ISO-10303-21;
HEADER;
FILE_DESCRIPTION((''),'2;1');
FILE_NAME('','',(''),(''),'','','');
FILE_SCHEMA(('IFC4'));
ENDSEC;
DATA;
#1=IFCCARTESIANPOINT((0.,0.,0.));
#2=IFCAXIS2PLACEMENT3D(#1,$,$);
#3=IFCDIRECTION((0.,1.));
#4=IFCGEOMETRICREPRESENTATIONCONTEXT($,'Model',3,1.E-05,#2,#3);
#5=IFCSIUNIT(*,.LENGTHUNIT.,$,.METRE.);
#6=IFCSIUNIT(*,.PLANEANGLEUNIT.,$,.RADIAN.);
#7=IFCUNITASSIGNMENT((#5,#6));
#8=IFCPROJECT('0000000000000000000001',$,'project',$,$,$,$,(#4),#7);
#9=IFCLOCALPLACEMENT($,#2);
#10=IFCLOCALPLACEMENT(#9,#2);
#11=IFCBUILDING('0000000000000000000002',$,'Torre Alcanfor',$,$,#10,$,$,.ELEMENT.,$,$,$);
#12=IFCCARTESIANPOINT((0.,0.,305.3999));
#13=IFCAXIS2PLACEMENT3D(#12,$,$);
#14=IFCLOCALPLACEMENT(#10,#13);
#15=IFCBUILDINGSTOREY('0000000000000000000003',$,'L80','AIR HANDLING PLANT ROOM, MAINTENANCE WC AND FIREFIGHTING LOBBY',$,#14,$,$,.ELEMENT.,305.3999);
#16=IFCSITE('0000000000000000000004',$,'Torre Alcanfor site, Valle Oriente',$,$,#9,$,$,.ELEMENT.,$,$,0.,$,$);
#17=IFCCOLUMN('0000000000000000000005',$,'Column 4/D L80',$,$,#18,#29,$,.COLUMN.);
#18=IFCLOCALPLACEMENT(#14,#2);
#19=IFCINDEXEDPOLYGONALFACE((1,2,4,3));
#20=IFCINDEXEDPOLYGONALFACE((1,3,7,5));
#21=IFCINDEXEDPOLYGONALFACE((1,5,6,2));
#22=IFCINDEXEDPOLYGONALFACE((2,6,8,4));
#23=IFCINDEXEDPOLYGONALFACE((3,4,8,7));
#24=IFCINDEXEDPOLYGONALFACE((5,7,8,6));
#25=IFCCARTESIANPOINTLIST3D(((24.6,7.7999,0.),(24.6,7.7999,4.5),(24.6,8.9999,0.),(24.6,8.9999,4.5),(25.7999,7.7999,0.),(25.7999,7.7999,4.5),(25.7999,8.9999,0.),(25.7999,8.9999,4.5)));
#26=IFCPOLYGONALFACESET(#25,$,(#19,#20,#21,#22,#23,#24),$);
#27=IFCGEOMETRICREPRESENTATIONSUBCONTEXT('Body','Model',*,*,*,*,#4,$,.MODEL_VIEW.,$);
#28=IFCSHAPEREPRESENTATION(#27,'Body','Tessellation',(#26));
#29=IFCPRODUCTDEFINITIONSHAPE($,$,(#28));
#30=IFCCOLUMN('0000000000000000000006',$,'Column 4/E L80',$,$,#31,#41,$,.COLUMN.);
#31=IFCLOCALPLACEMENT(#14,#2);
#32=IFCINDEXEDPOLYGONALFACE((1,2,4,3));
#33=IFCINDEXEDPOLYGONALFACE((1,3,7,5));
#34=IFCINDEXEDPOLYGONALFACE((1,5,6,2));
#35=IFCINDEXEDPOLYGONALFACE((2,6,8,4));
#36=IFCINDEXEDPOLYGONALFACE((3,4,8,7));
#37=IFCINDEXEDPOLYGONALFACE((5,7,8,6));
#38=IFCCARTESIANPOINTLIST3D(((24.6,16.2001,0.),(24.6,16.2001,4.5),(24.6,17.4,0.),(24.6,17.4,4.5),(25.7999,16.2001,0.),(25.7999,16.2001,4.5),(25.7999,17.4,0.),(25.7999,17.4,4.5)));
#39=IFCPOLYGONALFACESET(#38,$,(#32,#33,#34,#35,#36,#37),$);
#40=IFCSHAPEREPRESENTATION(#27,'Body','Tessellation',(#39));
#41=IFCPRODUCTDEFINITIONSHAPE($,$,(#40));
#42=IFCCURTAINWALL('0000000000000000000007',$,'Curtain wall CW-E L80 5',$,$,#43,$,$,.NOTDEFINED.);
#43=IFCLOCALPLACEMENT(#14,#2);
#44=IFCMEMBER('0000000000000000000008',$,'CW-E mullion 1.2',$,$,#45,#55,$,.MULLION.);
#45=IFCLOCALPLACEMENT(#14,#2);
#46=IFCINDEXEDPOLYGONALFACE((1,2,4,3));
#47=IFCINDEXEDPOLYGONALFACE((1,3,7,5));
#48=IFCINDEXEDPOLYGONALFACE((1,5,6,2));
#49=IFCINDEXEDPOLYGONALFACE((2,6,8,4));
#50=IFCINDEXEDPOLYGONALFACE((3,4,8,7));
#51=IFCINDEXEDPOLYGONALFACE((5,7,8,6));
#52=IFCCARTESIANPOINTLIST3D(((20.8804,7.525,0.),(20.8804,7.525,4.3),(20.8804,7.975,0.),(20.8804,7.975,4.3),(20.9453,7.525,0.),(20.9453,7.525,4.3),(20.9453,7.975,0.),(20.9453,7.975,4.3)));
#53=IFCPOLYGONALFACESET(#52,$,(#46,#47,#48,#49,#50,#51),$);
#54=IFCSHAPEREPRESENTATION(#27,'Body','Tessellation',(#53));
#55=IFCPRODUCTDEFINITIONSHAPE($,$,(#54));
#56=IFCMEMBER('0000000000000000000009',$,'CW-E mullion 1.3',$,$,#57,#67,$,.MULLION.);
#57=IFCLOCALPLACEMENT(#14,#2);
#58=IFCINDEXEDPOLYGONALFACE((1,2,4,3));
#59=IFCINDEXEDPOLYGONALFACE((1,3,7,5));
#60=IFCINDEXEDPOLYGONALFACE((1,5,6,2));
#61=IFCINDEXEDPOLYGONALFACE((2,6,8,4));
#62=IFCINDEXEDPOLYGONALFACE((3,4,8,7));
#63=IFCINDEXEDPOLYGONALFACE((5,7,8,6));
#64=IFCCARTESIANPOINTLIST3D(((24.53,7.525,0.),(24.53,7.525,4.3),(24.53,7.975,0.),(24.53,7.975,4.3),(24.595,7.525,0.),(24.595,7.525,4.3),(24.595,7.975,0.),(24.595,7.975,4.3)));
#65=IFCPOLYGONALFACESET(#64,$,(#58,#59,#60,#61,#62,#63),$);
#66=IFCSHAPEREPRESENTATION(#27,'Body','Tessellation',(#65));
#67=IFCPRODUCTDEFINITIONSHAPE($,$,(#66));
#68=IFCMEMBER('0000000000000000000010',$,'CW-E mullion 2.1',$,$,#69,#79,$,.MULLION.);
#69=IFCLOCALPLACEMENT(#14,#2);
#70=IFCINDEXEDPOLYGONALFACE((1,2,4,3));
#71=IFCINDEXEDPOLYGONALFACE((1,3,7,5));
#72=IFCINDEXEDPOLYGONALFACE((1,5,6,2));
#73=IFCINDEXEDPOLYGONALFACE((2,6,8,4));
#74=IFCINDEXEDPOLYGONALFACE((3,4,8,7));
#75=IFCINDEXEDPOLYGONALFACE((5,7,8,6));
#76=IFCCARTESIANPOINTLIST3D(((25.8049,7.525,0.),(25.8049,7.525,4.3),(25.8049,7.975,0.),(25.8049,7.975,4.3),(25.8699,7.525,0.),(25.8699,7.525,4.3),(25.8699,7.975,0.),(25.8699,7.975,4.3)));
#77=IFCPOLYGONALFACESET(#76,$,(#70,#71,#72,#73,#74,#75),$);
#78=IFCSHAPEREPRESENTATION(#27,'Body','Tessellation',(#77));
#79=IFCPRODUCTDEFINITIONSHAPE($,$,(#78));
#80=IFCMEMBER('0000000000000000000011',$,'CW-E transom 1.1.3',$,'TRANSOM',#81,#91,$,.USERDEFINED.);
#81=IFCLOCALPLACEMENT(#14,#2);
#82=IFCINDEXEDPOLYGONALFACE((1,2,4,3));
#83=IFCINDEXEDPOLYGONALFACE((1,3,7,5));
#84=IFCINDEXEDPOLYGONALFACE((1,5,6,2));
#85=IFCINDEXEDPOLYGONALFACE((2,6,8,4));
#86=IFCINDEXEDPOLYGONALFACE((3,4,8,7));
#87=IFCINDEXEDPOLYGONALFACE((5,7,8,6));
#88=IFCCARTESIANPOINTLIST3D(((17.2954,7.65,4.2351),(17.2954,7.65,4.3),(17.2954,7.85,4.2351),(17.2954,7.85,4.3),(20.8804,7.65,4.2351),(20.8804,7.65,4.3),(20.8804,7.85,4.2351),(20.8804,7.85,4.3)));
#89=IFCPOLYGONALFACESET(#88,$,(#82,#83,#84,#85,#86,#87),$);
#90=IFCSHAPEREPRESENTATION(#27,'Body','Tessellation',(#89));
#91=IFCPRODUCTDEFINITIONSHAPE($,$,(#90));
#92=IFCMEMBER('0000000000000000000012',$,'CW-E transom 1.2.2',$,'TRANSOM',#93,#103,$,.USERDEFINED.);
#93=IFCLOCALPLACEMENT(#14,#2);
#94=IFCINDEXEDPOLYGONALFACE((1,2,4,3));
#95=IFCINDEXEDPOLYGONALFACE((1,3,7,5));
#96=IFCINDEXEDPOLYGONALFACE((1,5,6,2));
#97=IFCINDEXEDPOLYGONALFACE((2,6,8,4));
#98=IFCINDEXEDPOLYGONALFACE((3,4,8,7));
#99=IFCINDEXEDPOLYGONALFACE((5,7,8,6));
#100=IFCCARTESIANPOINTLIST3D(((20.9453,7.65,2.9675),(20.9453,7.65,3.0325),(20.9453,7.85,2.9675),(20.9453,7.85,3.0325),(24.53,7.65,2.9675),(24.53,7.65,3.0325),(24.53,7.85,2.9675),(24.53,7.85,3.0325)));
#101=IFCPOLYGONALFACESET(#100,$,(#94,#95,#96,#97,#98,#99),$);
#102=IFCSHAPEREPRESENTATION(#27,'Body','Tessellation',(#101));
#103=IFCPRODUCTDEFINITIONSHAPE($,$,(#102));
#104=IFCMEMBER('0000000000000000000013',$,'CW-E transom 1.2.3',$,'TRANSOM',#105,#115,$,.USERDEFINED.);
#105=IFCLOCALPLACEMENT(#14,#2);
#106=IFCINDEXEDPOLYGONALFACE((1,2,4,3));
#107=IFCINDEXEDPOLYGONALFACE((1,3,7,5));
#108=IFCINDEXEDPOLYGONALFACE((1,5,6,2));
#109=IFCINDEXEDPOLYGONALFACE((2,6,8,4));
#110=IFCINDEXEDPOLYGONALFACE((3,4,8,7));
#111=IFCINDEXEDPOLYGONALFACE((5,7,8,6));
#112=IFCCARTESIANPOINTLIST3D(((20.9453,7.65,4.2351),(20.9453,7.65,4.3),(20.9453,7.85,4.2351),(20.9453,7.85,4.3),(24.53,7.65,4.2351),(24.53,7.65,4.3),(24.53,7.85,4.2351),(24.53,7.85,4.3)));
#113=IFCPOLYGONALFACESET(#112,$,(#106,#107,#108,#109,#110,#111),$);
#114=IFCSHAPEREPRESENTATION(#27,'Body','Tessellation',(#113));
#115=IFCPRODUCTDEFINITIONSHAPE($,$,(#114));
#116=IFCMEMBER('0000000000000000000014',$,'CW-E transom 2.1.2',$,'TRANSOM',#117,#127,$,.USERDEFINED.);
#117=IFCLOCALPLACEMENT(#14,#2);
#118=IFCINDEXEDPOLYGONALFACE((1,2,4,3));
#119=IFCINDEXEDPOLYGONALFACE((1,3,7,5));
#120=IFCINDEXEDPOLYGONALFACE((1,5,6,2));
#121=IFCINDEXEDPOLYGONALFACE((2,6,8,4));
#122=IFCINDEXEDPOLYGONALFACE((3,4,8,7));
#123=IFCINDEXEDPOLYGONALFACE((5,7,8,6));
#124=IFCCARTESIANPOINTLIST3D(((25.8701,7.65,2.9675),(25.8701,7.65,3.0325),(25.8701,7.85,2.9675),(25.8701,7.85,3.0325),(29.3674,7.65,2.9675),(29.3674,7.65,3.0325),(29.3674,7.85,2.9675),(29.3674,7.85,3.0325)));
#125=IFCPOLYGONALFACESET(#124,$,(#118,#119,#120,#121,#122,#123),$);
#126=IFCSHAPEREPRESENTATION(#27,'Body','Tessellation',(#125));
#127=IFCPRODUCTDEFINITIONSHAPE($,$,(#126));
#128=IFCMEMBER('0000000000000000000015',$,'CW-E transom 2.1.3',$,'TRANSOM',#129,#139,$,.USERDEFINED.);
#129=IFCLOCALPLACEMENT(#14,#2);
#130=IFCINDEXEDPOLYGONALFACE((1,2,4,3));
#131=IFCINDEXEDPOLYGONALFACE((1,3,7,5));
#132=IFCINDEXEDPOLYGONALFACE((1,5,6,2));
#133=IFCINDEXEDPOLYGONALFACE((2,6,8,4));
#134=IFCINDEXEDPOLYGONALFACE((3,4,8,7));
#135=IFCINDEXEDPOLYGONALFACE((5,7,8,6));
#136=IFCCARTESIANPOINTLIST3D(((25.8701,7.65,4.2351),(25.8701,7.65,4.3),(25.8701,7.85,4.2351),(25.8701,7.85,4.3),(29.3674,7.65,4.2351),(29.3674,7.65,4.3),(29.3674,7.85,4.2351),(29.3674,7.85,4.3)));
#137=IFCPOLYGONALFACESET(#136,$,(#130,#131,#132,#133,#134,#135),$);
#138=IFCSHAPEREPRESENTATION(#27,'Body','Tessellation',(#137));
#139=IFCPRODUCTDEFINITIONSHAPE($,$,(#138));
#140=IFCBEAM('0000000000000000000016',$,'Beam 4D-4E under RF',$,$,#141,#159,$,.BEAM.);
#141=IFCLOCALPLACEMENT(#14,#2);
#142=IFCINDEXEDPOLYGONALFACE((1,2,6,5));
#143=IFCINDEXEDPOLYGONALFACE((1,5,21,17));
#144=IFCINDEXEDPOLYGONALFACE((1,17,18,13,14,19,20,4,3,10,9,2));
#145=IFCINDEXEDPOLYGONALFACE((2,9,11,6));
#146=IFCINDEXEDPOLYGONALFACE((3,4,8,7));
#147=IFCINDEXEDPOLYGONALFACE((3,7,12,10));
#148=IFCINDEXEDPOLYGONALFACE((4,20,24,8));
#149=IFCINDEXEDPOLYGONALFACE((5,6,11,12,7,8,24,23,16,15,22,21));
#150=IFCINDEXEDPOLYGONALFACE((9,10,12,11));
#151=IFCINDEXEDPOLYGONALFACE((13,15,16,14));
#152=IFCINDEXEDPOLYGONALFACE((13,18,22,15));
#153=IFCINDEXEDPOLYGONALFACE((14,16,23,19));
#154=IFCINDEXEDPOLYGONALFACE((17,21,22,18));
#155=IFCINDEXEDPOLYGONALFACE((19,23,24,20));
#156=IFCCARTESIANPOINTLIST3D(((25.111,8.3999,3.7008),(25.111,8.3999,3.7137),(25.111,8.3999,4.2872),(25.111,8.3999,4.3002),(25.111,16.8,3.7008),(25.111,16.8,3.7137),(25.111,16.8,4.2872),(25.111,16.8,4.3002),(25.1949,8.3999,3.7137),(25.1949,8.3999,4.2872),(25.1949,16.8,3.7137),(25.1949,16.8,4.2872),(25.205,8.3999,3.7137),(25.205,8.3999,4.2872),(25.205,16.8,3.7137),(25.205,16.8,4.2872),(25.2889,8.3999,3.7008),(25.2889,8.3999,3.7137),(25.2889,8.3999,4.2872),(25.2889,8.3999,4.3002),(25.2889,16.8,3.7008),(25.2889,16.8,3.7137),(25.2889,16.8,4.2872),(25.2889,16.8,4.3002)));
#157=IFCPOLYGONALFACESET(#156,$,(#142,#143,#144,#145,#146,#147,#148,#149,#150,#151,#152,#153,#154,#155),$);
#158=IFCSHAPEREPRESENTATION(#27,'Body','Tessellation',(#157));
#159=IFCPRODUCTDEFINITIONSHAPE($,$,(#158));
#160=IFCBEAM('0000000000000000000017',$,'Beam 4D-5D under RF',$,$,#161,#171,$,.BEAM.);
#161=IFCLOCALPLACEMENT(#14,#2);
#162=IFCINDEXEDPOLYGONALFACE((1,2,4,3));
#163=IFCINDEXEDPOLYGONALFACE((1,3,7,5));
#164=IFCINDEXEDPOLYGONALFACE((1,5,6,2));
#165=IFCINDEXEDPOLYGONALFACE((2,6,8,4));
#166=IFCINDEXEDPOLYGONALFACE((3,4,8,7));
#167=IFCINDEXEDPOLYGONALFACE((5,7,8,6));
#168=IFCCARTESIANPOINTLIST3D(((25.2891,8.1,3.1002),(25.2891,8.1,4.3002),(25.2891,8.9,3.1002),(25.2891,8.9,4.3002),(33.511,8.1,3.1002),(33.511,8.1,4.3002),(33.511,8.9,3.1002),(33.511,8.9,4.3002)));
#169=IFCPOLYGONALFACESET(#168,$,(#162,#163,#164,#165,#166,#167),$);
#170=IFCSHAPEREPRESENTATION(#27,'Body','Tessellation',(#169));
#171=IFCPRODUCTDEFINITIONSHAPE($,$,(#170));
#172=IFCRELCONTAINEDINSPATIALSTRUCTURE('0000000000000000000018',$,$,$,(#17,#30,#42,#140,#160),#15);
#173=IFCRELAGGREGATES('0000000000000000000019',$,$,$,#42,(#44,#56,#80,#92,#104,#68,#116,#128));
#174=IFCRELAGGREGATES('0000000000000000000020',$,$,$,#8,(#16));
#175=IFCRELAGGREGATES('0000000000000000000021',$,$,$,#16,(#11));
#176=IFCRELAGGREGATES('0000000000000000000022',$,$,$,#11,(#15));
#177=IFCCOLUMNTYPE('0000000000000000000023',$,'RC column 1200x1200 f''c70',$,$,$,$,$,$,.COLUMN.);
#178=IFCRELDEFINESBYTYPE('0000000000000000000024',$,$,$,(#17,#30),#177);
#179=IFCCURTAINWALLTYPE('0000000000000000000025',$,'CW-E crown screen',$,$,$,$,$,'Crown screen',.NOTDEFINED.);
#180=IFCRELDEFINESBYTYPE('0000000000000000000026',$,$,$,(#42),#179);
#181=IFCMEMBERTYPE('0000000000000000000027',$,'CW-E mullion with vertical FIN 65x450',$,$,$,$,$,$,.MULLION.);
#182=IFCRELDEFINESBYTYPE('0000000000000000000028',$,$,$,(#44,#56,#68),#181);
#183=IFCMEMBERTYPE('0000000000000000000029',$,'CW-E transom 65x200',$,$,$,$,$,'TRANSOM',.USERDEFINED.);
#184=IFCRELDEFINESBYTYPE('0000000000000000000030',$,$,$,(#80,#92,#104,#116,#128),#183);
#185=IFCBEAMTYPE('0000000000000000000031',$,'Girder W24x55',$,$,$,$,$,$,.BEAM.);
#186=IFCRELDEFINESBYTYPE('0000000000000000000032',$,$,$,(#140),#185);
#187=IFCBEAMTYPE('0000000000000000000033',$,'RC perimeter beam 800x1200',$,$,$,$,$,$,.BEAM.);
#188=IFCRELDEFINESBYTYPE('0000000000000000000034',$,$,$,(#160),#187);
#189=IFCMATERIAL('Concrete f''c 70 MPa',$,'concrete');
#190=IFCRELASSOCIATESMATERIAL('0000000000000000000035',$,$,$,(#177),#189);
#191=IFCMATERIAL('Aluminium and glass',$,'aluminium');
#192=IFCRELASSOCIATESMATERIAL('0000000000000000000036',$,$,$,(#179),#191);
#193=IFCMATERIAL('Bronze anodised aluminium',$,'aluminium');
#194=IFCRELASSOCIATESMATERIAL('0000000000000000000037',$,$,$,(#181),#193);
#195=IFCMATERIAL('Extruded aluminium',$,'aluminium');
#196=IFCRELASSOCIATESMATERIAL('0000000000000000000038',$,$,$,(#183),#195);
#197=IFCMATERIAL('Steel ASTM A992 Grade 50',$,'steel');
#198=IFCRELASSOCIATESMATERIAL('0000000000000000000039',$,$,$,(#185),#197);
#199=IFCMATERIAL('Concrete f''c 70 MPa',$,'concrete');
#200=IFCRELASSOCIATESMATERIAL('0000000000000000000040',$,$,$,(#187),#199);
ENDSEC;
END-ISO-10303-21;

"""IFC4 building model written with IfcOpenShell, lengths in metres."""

from ifc_helpers import new_model, si_unit, direction, frame, origin, origin_2d, place, context, subcontext, project, spatial, rectangle, i_section, extrude, material, material_profile, profile_set, type_object, element, aggregate, save


model = new_model("IFC4")

# Units and contexts
model_context = context("Model", 3, precision=1e-05, world=origin(), true_north=direction((0.0, 1.0)))
body_context = subcontext(model_context, "Body", "Model", "MODEL_VIEW")
ifc_project = project(units=[si_unit("LENGTHUNIT", "METRE"), si_unit("PLANEANGLEUNIT", "RADIAN")], contexts=[model_context])

# Site, building, storey
site_placement = place(None, origin())
site = spatial("IfcSite", under=ifc_project, at=site_placement, Name="Torre Alcanfor site, Valle Oriente", CompositionType="ELEMENT", RefElevation=0.0)
building_placement = place(site_placement, origin())
building = spatial("IfcBuilding", under=site, at=building_placement, Name="Torre Alcanfor", CompositionType="ELEMENT")
storey_placement = place(building_placement, frame((0.0, 0.0, 305.3999)))
storey = spatial("IfcBuildingStorey", under=building, at=storey_placement, Name="L80", Description="AIR HANDLING PLANT ROOM, MAINTENANCE WC AND FIREFIGHTING LOBBY", CompositionType="ELEMENT", Elevation=305.3999)

# Columns
ifc_material_1 = material(Name="Concrete f'c 70 MPa", Category="concrete")
ifc_material_profile_1 = material_profile(ifc_material_1, rectangle(XDim=1.2, YDim=1.2, at=origin_2d()), Name="1200x1200")
ifc_profile_set_1 = profile_set([ifc_material_profile_1], Name="Concrete f'c 70 MPa")
column_type = type_object("IfcColumnType", Name="RC column 1200x1200 f'c70", PredefinedType="COLUMN", material=ifc_profile_set_1)
for number, where, z_axis, x_axis, name in (
    (1, (25.2, 8.3999, 0.0), (0.0, 0.0, 1.0), (1.0, 0.0, 0.0), "Column 4/D L80"),
    (2, (25.2, 16.8, 0.0), (0.0, 0.0, 1.0), (1.0, 0.0, 0.0), "Column 4/E L80"),
):
    element("IfcColumn", number, at=place(storey_placement, frame(where, z_axis=z_axis, x_axis=x_axis)), inside=storey, type_object=column_type, Name=name, PredefinedType="COLUMN", context=body_context, shape_type="SweptSolid", body=[
        extrude(rectangle(XDim=1.2, YDim=1.2, at=origin_2d()), origin(), (0.0, 0.0, 1.0), 4.5),
    ])

# Curtain wall, members
ifc_material_2 = material(Name="Aluminium and glass", Category="aluminium")
curtain_wall_type = type_object("IfcCurtainWallType", Name="CW-E crown screen", ElementType="Crown screen", PredefinedType="NOTDEFINED", material=ifc_material_2)
curtain_wall_placement = place(storey_placement, origin())
curtain_wall = element("IfcCurtainWall", 3, at=curtain_wall_placement, inside=storey, type_object=curtain_wall_type, Name="Curtain wall CW-E L80 5", PredefinedType="NOTDEFINED")
ifc_material_3 = material(Name="Bronze anodised aluminium", Category="aluminium")
ifc_material_profile_2 = material_profile(ifc_material_3, rectangle(XDim=0.45, YDim=0.0649, at=origin_2d()), Name="CW-E mullion 65x450")
ifc_profile_set_2 = profile_set([ifc_material_profile_2], Name="Bronze anodised aluminium")
member_type_1 = type_object("IfcMemberType", Name="CW-E mullion with vertical FIN 65x450", PredefinedType="MULLION", material=ifc_profile_set_2)
member_1_placement = place(storey_placement, frame((20.9128, 7.75, 0.0), z_axis=(0.0, 0.0, 1.0), x_axis=(0.0, 1.0, 0.0)))
member_1 = element("IfcMember", 4, at=member_1_placement, type_object=member_type_1, Name="CW-E mullion 1.2", PredefinedType="MULLION", context=body_context, shape_type="SweptSolid", body=[
    extrude(rectangle(XDim=0.45, YDim=0.0649, at=origin_2d()), origin(), (0.0, 0.0, 1.0), 4.3),
])
member_2_placement = place(storey_placement, frame((24.5625, 7.75, 0.0), z_axis=(0.0, 0.0, 1.0), x_axis=(0.0, 1.0, 0.0)))
member_2 = element("IfcMember", 5, at=member_2_placement, type_object=member_type_1, Name="CW-E mullion 1.3", PredefinedType="MULLION", context=body_context, shape_type="SweptSolid", body=[
    extrude(rectangle(XDim=0.45, YDim=0.0649, at=origin_2d()), origin(), (0.0, 0.0, 1.0), 4.3),
])
member_3_placement = place(storey_placement, frame((25.8374, 7.75, 0.0), z_axis=(0.0, 0.0, 1.0), x_axis=(0.0, 1.0, 0.0)))
member_3 = element("IfcMember", 6, at=member_3_placement, type_object=member_type_1, Name="CW-E mullion 2.1", PredefinedType="MULLION", context=body_context, shape_type="SweptSolid", body=[
    extrude(rectangle(XDim=0.45, YDim=0.0649, at=origin_2d()), origin(), (0.0, 0.0, 1.0), 4.3),
])
ifc_material_4 = material(Name="Extruded aluminium", Category="aluminium")
ifc_material_profile_3 = material_profile(ifc_material_4, rectangle(XDim=0.2, YDim=0.0649, at=origin_2d()), Name="CW-E transom 200x65")
ifc_profile_set_3 = profile_set([ifc_material_profile_3], Name="Extruded aluminium")
member_type_2 = type_object("IfcMemberType", Name="CW-E transom 65x200", ElementType="TRANSOM", PredefinedType="USERDEFINED", material=ifc_profile_set_3)
member_4_placement = place(storey_placement, frame((17.2954, 7.75, 4.2676), z_axis=(1.0, 0.0, 0.0), x_axis=(0.0, 1.0, 0.0)))
member_4 = element("IfcMember", 7, at=member_4_placement, type_object=member_type_2, Name="CW-E transom 1.1.3", ObjectType="TRANSOM", PredefinedType="USERDEFINED", context=body_context, shape_type="SweptSolid", body=[
    extrude(rectangle(XDim=0.2, YDim=0.0649, at=origin_2d()), origin(), (0.0, 0.0, 1.0), 3.585),
])
member_5_placement = place(storey_placement, frame((20.9453, 7.75, 3.0), z_axis=(1.0, 0.0, 0.0), x_axis=(0.0, 1.0, 0.0)))
member_5 = element("IfcMember", 8, at=member_5_placement, type_object=member_type_2, Name="CW-E transom 1.2.2", ObjectType="TRANSOM", PredefinedType="USERDEFINED", context=body_context, shape_type="SweptSolid", body=[
    extrude(rectangle(XDim=0.2, YDim=0.0649, at=origin_2d()), origin(), (0.0, 0.0, 1.0), 3.5847),
])
member_6_placement = place(storey_placement, frame((20.9453, 7.75, 4.2676), z_axis=(1.0, 0.0, 0.0), x_axis=(0.0, 1.0, 0.0)))
member_6 = element("IfcMember", 9, at=member_6_placement, type_object=member_type_2, Name="CW-E transom 1.2.3", ObjectType="TRANSOM", PredefinedType="USERDEFINED", context=body_context, shape_type="SweptSolid", body=[
    extrude(rectangle(XDim=0.2, YDim=0.0649, at=origin_2d()), origin(), (0.0, 0.0, 1.0), 3.5847),
])
member_7_placement = place(storey_placement, frame((25.8701, 7.75, 3.0), z_axis=(1.0, 0.0, 0.0), x_axis=(0.0, 1.0, 0.0)))
member_7 = element("IfcMember", 10, at=member_7_placement, type_object=member_type_2, Name="CW-E transom 2.1.2", ObjectType="TRANSOM", PredefinedType="USERDEFINED", context=body_context, shape_type="SweptSolid", body=[
    extrude(rectangle(XDim=0.2, YDim=0.0649, at=origin_2d()), origin(), (0.0, 0.0, 1.0), 3.4973),
])
member_8_placement = place(storey_placement, frame((25.8701, 7.75, 4.2676), z_axis=(1.0, 0.0, 0.0), x_axis=(0.0, 1.0, 0.0)))
member_8 = element("IfcMember", 11, at=member_8_placement, type_object=member_type_2, Name="CW-E transom 2.1.3", ObjectType="TRANSOM", PredefinedType="USERDEFINED", context=body_context, shape_type="SweptSolid", body=[
    extrude(rectangle(XDim=0.2, YDim=0.0649, at=origin_2d()), origin(), (0.0, 0.0, 1.0), 3.4973),
])

# Beams
ifc_material_5 = material(Name="Steel ASTM A992 Grade 50", Category="steel")
ifc_material_profile_4 = material_profile(ifc_material_5, i_section(OverallWidth=0.178, OverallDepth=0.5994, WebThickness=0.01, FlangeThickness=0.0129, at=origin_2d()), Name="W24x55")
ifc_profile_set_4 = profile_set([ifc_material_profile_4], Name="Steel ASTM A992 Grade 50")
beam_type_1 = type_object("IfcBeamType", Name="Girder W24x55", PredefinedType="BEAM", material=ifc_profile_set_4)
beam_1_placement = place(storey_placement, frame((25.2, 8.3999, 4.0005), z_axis=(0.0, 1.0, 0.0), x_axis=(-1.0, 0.0, 0.0)))
element("IfcBeam", 12, at=beam_1_placement, inside=storey, type_object=beam_type_1, Name="Beam 4D-4E under RF", PredefinedType="BEAM", context=body_context, shape_type="SweptSolid", body=[
    extrude(i_section(OverallWidth=0.178, OverallDepth=0.5994, WebThickness=0.01, FlangeThickness=0.0129, at=origin_2d()), origin(), (0.0, 0.0, 1.0), 8.4001),
])
ifc_material_6 = material(Name="Concrete f'c 70 MPa", Category="concrete")
ifc_material_profile_5 = material_profile(ifc_material_6, rectangle(XDim=0.8, YDim=1.2, at=origin_2d()), Name="800x1200")
ifc_profile_set_5 = profile_set([ifc_material_profile_5], Name="Concrete f'c 70 MPa")
beam_type_2 = type_object("IfcBeamType", Name="RC perimeter beam 800x1200", PredefinedType="BEAM", material=ifc_profile_set_5)
beam_2_placement = place(storey_placement, frame((25.2891, 8.5, 3.7002), z_axis=(1.0, 0.0, 0.0), x_axis=(0.0, 1.0, 0.0)))
element("IfcBeam", 13, at=beam_2_placement, inside=storey, type_object=beam_type_2, Name="Beam 4D-5D under RF", PredefinedType="BEAM", context=body_context, shape_type="SweptSolid", body=[
    extrude(rectangle(XDim=0.8, YDim=1.2, at=origin_2d()), origin(), (0.0, 0.0, 1.0), 8.2219),
])

aggregate(curtain_wall, [member_1, member_2, member_4, member_5, member_6, member_3, member_7, member_8])

save(model, "model.ifc")
